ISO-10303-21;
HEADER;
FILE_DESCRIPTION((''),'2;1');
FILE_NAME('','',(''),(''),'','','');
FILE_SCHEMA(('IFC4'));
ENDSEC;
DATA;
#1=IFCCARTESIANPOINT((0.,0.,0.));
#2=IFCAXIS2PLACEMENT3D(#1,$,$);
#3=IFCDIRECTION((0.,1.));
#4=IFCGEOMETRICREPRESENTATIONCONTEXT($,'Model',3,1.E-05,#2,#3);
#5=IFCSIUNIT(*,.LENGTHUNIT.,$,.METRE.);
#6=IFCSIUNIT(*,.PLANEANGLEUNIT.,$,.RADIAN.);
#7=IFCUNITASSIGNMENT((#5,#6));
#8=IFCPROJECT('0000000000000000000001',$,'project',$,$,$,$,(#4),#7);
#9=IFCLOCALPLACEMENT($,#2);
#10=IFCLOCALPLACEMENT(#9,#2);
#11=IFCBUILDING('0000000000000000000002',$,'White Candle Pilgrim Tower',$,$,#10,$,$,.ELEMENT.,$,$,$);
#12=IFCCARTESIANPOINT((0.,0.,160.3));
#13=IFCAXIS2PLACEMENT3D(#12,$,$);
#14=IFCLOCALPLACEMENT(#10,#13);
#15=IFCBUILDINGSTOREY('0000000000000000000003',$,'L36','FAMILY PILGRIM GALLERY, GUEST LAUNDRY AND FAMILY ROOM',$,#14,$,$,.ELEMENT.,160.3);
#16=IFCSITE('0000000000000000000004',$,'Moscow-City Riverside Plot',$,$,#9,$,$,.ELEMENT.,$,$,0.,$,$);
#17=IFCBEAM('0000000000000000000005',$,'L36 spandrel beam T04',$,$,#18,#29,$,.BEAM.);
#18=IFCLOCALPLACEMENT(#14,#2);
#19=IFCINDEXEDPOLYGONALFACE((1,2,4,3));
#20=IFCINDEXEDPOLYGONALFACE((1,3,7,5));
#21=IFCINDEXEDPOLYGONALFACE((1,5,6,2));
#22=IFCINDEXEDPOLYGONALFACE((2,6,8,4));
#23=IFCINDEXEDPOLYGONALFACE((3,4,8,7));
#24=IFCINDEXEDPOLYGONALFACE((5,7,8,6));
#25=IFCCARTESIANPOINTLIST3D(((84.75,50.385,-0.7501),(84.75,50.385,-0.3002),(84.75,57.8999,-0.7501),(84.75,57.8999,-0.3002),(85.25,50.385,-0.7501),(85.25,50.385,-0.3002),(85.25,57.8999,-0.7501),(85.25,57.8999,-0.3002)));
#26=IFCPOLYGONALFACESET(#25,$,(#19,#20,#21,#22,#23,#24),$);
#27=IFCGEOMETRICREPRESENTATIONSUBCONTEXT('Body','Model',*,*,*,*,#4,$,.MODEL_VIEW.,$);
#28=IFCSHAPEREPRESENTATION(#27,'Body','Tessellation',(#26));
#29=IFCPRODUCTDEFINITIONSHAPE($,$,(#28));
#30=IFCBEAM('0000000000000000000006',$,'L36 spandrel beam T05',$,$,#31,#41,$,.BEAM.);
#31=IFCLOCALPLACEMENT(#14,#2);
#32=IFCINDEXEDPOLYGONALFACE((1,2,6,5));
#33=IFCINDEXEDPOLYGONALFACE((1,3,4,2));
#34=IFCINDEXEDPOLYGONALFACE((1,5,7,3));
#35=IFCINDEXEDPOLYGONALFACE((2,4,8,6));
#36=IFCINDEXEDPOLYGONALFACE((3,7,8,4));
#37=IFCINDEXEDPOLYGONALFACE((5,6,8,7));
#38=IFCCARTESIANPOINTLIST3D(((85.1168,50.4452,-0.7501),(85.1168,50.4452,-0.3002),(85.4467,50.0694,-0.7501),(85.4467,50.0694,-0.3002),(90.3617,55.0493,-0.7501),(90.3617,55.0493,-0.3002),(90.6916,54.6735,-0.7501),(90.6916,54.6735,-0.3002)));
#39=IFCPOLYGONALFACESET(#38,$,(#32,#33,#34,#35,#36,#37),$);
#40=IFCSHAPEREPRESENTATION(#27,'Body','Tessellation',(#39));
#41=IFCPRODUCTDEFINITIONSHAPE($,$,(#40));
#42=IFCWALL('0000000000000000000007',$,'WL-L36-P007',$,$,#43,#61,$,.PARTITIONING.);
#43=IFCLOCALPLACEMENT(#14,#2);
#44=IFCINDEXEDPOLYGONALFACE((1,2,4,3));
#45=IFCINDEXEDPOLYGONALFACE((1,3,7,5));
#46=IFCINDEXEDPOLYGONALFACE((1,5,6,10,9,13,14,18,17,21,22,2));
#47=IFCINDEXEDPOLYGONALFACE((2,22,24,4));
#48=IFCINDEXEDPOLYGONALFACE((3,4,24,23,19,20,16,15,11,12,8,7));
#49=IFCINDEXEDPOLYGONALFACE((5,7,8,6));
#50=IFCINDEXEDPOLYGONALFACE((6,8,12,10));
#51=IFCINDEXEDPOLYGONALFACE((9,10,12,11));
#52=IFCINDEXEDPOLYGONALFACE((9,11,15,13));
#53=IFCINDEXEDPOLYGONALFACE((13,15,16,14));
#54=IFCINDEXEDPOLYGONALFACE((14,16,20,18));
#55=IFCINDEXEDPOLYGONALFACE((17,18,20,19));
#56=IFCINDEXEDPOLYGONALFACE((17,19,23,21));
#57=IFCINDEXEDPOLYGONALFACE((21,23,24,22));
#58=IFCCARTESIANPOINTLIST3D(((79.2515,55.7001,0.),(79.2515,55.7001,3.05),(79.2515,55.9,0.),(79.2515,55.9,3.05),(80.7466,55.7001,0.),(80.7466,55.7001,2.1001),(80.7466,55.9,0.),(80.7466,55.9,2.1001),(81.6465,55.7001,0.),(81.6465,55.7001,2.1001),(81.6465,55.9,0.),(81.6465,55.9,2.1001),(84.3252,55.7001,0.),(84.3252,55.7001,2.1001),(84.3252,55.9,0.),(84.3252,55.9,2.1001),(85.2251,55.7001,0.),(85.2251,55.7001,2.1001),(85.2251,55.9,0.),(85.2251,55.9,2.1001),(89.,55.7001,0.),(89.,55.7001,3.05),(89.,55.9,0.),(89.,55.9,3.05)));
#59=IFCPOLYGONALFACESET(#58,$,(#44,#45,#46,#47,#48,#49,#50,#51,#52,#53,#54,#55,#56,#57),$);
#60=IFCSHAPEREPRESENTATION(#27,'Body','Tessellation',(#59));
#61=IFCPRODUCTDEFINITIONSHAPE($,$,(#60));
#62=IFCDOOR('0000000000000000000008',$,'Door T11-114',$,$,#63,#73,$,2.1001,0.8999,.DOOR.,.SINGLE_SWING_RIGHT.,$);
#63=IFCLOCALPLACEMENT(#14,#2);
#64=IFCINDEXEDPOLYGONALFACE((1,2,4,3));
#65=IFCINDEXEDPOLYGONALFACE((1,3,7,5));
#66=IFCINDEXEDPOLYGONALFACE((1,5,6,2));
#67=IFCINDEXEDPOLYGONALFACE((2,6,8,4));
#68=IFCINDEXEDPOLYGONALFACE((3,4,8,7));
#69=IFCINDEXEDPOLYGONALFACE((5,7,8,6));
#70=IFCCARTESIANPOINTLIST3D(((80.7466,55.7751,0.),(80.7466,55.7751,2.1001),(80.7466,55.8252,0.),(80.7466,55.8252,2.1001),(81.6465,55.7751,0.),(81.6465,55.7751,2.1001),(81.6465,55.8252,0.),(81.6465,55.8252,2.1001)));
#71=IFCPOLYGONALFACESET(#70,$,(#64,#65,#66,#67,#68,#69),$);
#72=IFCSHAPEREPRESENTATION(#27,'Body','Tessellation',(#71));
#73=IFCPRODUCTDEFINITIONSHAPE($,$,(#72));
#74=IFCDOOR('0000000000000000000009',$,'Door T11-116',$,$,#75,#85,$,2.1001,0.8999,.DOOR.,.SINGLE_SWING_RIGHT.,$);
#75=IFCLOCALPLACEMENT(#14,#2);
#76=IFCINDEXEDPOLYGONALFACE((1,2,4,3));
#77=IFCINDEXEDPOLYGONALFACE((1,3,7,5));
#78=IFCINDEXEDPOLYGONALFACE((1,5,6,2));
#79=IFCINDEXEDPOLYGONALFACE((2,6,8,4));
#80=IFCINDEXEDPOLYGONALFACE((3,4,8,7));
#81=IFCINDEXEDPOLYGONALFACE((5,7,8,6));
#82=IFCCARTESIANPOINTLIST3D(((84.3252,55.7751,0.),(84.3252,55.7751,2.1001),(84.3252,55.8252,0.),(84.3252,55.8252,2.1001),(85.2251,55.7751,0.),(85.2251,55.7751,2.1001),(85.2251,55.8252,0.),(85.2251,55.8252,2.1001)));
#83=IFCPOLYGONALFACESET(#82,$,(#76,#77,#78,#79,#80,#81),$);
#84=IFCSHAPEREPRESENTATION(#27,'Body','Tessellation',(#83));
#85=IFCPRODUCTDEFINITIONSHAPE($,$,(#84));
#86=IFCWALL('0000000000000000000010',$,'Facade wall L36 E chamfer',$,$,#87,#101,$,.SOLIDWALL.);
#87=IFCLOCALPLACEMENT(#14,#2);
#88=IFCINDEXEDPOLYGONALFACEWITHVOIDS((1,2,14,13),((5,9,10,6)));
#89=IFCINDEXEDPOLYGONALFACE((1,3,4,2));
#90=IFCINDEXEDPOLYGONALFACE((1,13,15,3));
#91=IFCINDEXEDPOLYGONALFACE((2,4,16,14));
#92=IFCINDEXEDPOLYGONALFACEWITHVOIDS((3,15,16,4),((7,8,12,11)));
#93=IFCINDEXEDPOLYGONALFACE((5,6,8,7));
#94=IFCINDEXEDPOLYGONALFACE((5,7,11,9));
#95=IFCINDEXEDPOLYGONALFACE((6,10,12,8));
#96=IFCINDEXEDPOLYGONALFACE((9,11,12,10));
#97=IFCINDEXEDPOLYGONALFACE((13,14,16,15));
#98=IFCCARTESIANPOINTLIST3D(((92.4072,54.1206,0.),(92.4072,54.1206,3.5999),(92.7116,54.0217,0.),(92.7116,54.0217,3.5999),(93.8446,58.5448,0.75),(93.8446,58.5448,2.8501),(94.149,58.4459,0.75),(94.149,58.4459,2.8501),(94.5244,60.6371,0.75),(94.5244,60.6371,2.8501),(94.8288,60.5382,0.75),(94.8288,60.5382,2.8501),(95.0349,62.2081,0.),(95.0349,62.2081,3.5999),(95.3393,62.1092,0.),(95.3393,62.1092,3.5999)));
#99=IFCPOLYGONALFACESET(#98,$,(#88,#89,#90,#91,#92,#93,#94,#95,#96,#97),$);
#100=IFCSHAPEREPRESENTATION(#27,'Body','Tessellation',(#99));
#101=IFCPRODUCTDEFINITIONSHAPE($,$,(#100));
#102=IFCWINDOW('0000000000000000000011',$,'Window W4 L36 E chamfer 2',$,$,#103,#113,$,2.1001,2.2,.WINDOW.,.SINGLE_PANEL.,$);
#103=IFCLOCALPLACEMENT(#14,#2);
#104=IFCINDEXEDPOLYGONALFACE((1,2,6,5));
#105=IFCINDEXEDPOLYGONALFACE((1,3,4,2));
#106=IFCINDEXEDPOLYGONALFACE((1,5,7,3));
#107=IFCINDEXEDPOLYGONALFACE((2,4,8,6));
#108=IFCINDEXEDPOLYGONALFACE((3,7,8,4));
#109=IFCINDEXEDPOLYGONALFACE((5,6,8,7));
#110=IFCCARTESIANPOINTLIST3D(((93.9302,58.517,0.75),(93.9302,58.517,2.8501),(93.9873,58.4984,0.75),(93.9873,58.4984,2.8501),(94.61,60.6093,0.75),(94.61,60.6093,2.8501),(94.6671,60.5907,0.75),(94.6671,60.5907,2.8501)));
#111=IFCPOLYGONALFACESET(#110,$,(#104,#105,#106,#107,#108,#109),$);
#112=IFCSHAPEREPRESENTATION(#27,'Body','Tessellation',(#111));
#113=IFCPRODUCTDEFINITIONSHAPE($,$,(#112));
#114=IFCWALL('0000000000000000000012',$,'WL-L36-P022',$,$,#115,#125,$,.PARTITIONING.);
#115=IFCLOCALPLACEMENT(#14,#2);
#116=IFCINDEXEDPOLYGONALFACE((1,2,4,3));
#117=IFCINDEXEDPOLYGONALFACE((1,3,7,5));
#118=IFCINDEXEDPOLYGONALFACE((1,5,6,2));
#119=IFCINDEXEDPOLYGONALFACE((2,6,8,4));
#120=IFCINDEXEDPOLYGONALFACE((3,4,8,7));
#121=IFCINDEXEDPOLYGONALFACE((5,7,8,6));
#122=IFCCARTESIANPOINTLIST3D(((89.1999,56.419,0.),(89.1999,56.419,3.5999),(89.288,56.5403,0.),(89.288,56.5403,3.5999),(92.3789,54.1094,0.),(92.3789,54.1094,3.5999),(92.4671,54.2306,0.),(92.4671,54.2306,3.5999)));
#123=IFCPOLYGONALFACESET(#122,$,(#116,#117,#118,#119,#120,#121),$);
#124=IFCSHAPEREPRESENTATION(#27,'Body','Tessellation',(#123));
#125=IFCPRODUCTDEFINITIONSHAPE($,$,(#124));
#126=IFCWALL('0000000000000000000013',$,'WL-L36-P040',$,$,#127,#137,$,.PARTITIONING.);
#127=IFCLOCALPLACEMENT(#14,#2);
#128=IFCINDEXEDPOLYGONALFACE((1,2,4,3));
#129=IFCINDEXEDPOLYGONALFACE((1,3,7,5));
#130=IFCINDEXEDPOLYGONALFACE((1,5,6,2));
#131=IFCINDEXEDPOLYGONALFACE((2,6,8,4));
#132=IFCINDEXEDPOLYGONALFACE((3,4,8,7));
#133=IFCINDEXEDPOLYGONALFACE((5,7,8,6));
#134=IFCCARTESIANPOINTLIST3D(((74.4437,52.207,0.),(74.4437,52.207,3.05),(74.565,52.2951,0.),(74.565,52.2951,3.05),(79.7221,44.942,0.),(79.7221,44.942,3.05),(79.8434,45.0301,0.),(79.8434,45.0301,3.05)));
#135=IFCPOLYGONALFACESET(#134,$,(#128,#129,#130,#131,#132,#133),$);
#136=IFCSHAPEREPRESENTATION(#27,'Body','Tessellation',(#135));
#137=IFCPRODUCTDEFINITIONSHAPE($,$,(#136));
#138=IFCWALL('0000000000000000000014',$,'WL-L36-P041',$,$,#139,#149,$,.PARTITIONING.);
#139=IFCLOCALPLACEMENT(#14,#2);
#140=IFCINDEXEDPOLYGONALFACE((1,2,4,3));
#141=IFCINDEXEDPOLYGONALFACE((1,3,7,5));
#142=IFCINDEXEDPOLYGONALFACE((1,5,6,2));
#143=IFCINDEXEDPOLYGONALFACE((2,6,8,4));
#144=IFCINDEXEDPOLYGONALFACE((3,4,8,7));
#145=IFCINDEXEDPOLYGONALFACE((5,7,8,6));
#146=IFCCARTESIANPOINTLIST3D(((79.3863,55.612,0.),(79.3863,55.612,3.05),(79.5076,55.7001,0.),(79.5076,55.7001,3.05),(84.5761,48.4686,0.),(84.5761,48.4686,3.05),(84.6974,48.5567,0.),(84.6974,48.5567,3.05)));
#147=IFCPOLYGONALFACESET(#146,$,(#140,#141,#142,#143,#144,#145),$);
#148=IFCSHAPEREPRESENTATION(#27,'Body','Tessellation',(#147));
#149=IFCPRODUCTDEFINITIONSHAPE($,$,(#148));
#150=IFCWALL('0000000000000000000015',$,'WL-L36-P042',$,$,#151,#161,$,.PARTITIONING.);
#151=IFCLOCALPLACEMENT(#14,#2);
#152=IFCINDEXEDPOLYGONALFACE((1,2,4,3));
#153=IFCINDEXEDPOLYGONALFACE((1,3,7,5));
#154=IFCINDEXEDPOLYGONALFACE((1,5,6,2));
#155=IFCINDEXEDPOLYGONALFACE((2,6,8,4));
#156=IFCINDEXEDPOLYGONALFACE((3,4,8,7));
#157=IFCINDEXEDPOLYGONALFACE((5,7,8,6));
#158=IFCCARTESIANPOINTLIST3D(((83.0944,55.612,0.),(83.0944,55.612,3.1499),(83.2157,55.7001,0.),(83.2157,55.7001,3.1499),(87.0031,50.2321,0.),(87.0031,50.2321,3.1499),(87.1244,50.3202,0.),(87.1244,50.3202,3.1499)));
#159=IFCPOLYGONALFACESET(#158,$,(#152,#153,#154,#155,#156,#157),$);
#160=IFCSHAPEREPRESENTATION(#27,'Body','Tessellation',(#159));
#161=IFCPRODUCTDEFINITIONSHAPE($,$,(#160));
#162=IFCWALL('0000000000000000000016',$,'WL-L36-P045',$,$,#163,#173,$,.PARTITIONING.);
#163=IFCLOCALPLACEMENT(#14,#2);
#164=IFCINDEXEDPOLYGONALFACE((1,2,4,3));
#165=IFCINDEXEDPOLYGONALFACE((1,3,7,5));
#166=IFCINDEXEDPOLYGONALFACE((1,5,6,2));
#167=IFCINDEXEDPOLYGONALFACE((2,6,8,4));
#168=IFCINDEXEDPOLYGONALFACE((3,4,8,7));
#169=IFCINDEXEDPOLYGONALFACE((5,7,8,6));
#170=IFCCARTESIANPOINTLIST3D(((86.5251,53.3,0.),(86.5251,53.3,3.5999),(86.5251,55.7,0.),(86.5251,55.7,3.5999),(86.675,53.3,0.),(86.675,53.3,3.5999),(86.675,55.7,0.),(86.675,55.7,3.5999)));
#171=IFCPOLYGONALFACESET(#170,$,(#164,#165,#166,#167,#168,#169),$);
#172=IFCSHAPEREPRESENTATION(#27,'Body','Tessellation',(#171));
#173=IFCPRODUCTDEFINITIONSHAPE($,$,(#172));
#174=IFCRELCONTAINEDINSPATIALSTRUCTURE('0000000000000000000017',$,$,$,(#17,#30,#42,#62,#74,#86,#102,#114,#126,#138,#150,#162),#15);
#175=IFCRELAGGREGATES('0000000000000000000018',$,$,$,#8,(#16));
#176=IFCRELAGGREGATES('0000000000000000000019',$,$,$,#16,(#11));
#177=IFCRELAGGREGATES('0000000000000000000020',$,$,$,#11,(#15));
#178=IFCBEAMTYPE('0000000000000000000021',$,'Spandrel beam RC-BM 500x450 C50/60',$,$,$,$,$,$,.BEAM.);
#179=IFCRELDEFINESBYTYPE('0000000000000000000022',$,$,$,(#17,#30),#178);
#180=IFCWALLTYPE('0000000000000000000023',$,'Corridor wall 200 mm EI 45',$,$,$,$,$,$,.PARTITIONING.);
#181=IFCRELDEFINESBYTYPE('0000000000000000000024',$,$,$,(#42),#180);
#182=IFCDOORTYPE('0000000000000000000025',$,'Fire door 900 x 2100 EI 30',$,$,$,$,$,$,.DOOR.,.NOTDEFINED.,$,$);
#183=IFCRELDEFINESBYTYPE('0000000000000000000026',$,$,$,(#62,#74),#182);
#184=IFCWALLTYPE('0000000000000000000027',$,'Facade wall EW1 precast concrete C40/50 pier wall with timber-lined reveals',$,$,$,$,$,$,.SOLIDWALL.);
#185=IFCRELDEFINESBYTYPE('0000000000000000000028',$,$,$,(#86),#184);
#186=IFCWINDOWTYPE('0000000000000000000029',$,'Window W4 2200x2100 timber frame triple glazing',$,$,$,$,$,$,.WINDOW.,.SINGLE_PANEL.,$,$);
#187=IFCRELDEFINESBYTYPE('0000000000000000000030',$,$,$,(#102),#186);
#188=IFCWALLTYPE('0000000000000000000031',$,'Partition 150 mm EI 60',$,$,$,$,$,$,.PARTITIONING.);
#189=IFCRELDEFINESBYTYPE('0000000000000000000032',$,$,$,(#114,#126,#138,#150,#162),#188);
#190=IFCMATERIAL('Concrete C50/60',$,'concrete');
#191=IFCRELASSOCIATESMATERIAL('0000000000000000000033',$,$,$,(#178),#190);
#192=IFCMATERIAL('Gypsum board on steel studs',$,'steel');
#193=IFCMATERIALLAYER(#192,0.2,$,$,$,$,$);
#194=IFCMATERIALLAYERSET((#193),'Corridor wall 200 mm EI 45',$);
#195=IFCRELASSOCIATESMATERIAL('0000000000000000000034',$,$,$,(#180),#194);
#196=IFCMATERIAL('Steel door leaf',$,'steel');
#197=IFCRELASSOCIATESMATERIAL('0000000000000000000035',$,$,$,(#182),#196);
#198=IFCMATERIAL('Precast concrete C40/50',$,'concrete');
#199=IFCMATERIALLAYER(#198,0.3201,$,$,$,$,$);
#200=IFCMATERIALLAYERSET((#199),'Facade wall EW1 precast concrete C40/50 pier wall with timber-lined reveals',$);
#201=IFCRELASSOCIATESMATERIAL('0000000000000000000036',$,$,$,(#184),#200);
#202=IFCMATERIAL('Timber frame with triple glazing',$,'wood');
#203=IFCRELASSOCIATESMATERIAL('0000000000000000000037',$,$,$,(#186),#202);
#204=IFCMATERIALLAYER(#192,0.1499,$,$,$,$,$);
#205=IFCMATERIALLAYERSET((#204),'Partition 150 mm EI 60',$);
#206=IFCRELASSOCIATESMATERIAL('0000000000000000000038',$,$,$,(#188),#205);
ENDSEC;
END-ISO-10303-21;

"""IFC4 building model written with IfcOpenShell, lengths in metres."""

from ifc_helpers import new_model, si_unit, direction, frame, frame_2d, origin, origin_2d, place, context, subcontext, project, spatial, rectangle, extrude, material, layer, layer_set, material_profile, profile_set, type_object, element, fill, save


model = new_model("IFC4")

# Units and contexts
model_context = context("Model", 3, precision=1e-05, world=origin(), true_north=direction((0.0, 1.0)))
body_context = subcontext(model_context, "Body", "Model", "MODEL_VIEW")
ifc_project = project(units=[si_unit("LENGTHUNIT", "METRE"), si_unit("PLANEANGLEUNIT", "RADIAN")], contexts=[model_context])

# Site, building, storey
site_placement = place(None, origin())
site = spatial("IfcSite", under=ifc_project, at=site_placement, Name="Moscow-City Riverside Plot", CompositionType="ELEMENT", RefElevation=0.0)
building_placement = place(site_placement, origin())
building = spatial("IfcBuilding", under=site, at=building_placement, Name="White Candle Pilgrim Tower", CompositionType="ELEMENT")
storey_placement = place(building_placement, frame((0.0, 0.0, 160.3)))
storey = spatial("IfcBuildingStorey", under=building, at=storey_placement, Name="L36", Description="FAMILY PILGRIM GALLERY, GUEST LAUNDRY AND FAMILY ROOM", CompositionType="ELEMENT", Elevation=160.3)

# Beams
ifc_material_1 = material(Name="Concrete C50/60", Category="concrete")
ifc_material_profile_1 = material_profile(ifc_material_1, rectangle(XDim=0.5, YDim=0.45, at=origin_2d()), Name="RC-BM 500x450")
ifc_profile_set_1 = profile_set([ifc_material_profile_1], Name="Concrete C50/60")
beam_type = type_object("IfcBeamType", Name="Spandrel beam RC-BM 500x450 C50/60", PredefinedType="BEAM", material=ifc_profile_set_1)
beam_1_placement = place(storey_placement, frame((85.0, 50.385, -0.5251), z_axis=(0.0, 1.0, 0.0), x_axis=(-1.0, 0.0, 0.0)))
element("IfcBeam", 1, at=beam_1_placement, inside=storey, type_object=beam_type, Name="L36 spandrel beam T04", PredefinedType="BEAM", context=body_context, shape_type="SweptSolid", body=[
    extrude(rectangle(XDim=0.5, YDim=0.45, at=origin_2d()), origin(), (0.0, 0.0, 1.0), 7.5149),
])
beam_2_placement = place(storey_placement, frame((85.2817, 50.2573, -0.5251), z_axis=(0.751529, 0.6597, 0.0), x_axis=(-0.6597, 0.751529, 0.0)))
element("IfcBeam", 2, at=beam_2_placement, inside=storey, type_object=beam_type, Name="L36 spandrel beam T05", PredefinedType="BEAM", context=body_context, shape_type="SweptSolid", body=[
    extrude(rectangle(XDim=0.5, YDim=0.45, at=origin_2d()), origin(), (0.0, 0.0, 1.0), 6.979),
])

# Wall, openings, doors
ifc_material_2 = material(Name="Gypsum board on steel studs", Category="steel")
ifc_layer_1 = layer(ifc_material_2, 0.2)
ifc_layer_set_1 = layer_set([ifc_layer_1], Name="Corridor wall 200 mm EI 45")
wall_type_1 = type_object("IfcWallType", Name="Corridor wall 200 mm EI 45", PredefinedType="PARTITIONING", material=ifc_layer_set_1)
wall_1_placement = place(storey_placement, frame((89.0, 55.8, 0.0), z_axis=(0.0, 0.0, 1.0), x_axis=(-1.0, 0.0, 0.0)))
wall_1 = element("IfcWall", 3, at=wall_1_placement, inside=storey, type_object=wall_type_1, Name="WL-L36-P007", PredefinedType="PARTITIONING", context=body_context, shape_type="SweptSolid", body=[
    extrude(rectangle(XDim=9.7485, YDim=0.2, at=frame_2d((4.8743, 0.0))), origin(), (0.0, 0.0, 1.0), 3.05),
])
opening_1_placement = place(wall_1_placement, frame((7.3535, 0.0, 0.0)))
opening_1 = element("IfcOpeningElement", 4, at=opening_1_placement, cuts=wall_1, PredefinedType="OPENING", context=body_context, shape_type="SweptSolid", body=[
    extrude(rectangle(XDim=0.8999, YDim=2.1001, at=frame_2d((0.45, 1.05))), frame((0.0, 0.1099, 0.0), z_axis=(0.0, -1.0, 0.0), x_axis=(1.0, 0.0, 0.0)), (0.0, 0.0, 1.0), 0.22),
])
opening_2_placement = place(wall_1_placement, frame((3.7749, 0.0, 0.0)))
opening_2 = element("IfcOpeningElement", 5, at=opening_2_placement, cuts=wall_1, PredefinedType="OPENING", context=body_context, shape_type="SweptSolid", body=[
    extrude(rectangle(XDim=0.8999, YDim=2.1001, at=frame_2d((0.45, 1.05))), frame((0.0, 0.1099, 0.0), z_axis=(0.0, -1.0, 0.0), x_axis=(1.0, 0.0, 0.0)), (0.0, 0.0, 1.0), 0.22),
])
ifc_material_3 = material(Name="Steel door leaf", Category="steel")
door_type_1 = type_object("IfcDoorType", Name="Fire door 900 x 2100 EI 30", OperationType="NOTDEFINED", PredefinedType="DOOR", material=ifc_material_3)
door_1_placement = place(opening_1_placement, origin())
door_1 = element("IfcDoor", 6, at=door_1_placement, inside=storey, type_object=door_type_1, Name="Door T11-114", OperationType="SINGLE_SWING_RIGHT", OverallHeight=2.1001, OverallWidth=0.8999, PredefinedType="DOOR", context=body_context, shape_type="SweptSolid", body=[
    extrude(rectangle(XDim=0.8999, YDim=2.1001, at=frame_2d((0.45, 1.05))), frame((0.0, 0.0249, 0.0), z_axis=(0.0, -1.0, 0.0), x_axis=(1.0, 0.0, 0.0)), (0.0, 0.0, 1.0), 0.05),
])
fill(opening_1, door_1)
door_2_placement = place(opening_2_placement, origin())
door_2 = element("IfcDoor", 7, at=door_2_placement, inside=storey, type_object=door_type_1, Name="Door T11-116", OperationType="SINGLE_SWING_RIGHT", OverallHeight=2.1001, OverallWidth=0.8999, PredefinedType="DOOR", context=body_context, shape_type="SweptSolid", body=[
    extrude(rectangle(XDim=0.8999, YDim=2.1001, at=frame_2d((0.45, 1.05))), frame((0.0, 0.0249, 0.0), z_axis=(0.0, -1.0, 0.0), x_axis=(1.0, 0.0, 0.0)), (0.0, 0.0, 1.0), 0.05),
])
fill(opening_2, door_2)

# Wall, opening, window
ifc_material_4 = material(Name="Precast concrete C40/50", Category="concrete")
ifc_layer_2 = layer(ifc_material_4, 0.3201)
ifc_layer_set_2 = layer_set([ifc_layer_2], Name="Facade wall EW1 precast concrete C40/50 pier wall with timber-lined reveals")
wall_type_2 = type_object("IfcWallType", Name="Facade wall EW1 precast concrete C40/50 pier wall with timber-lined reveals", PredefinedType="SOLIDWALL", material=ifc_layer_set_2)
wall_2_placement = place(storey_placement, frame((92.5593, 54.071, 0.0), z_axis=(0.0, 0.0, 1.0), x_axis=(0.309009, 0.951059, 0.0)))
wall_2 = element("IfcWall", 8, at=wall_2_placement, inside=storey, type_object=wall_type_2, Name="Facade wall L36 E chamfer", PredefinedType="SOLIDWALL", context=body_context, shape_type="SweptSolid", body=[
    extrude(rectangle(XDim=8.5037, YDim=0.3201, at=frame_2d((4.252, 0.0))), origin(), (0.0, 0.0, 1.0), 3.5999),
])
opening_3_placement = place(wall_2_placement, frame((4.6519, 0.0, 0.75)))
opening_3 = element("IfcOpeningElement", 9, at=opening_3_placement, cuts=wall_2, PredefinedType="OPENING", context=body_context, shape_type="SweptSolid", body=[
    extrude(rectangle(XDim=2.2, YDim=2.1001, at=frame_2d((1.1001, 1.05))), frame((0.0, 0.1699, 0.0), z_axis=(0.0, -1.0, 0.0), x_axis=(1.0, 0.0, 0.0)), (0.0, 0.0, 1.0), 0.3401),
])
ifc_material_5 = material(Name="Timber frame with triple glazing", Category="wood")
window_type = type_object("IfcWindowType", Name="Window W4 2200x2100 timber frame triple glazing", PartitioningType="SINGLE_PANEL", PredefinedType="WINDOW", material=ifc_material_5)
window_placement = place(opening_3_placement, origin())
window = element("IfcWindow", 10, at=window_placement, inside=storey, type_object=window_type, Name="Window W4 L36 E chamfer 2", OverallHeight=2.1001, OverallWidth=2.2, PartitioningType="SINGLE_PANEL", PredefinedType="WINDOW", context=body_context, shape_type="SweptSolid", body=[
    extrude(rectangle(XDim=2.2, YDim=2.1001, at=frame_2d((1.1001, 1.05))), frame((0.0, 0.0701, 0.0), z_axis=(0.0, -1.0, 0.0), x_axis=(1.0, 0.0, 0.0)), (0.0, 0.0, 1.0), 0.0601),
])
fill(opening_3, window)

# Walls
ifc_layer_3 = layer(ifc_material_2, 0.1499)
ifc_layer_set_3 = layer_set([ifc_layer_3], Name="Partition 150 mm EI 60")
wall_type_3 = type_object("IfcWallType", Name="Partition 150 mm EI 60", PredefinedType="PARTITIONING", material=ifc_layer_set_3)
wall_3_placement = place(storey_placement, frame((92.4231, 54.1699, 0.0), z_axis=(0.0, 0.0, 1.0), x_axis=(-0.809026, 0.587773, 0.0)))
element("IfcWall", 11, at=wall_3_placement, inside=storey, type_object=wall_type_3, Name="WL-L36-P022", PredefinedType="PARTITIONING", context=body_context, shape_type="SweptSolid", body=[
    extrude(rectangle(XDim=3.9294, YDim=0.1499, at=frame_2d((1.9648, 0.0))), origin(), (0.0, 0.0, 1.0), 3.5999),
])
wall_4_placement = place(storey_placement, frame((79.7827, 44.9861, 0.0), z_axis=(0.0, 0.0, 1.0), x_axis=(-0.58779, 0.809013, 0.0)))
element("IfcWall", 12, at=wall_4_placement, inside=storey, type_object=wall_type_3, Name="WL-L36-P040", PredefinedType="PARTITIONING", context=body_context, shape_type="SweptSolid", body=[
    extrude(rectangle(XDim=8.98, YDim=0.1499, at=frame_2d((4.49, 0.0))), origin(), (0.0, 0.0, 1.0), 3.05),
])
wall_5_placement = place(storey_placement, frame((84.6367, 48.5127, 0.0), z_axis=(0.0, 0.0, 1.0), x_axis=(-0.587769, 0.809029, 0.0)))
element("IfcWall", 13, at=wall_5_placement, inside=storey, type_object=wall_type_3, Name="WL-L36-P041", PredefinedType="PARTITIONING", context=body_context, shape_type="SweptSolid", body=[
    extrude(rectangle(XDim=8.8296, YDim=0.1499, at=frame_2d((4.4148, 0.0))), origin(), (0.0, 0.0, 1.0), 3.05),
])
wall_6_placement = place(storey_placement, frame((87.0637, 50.2761, 0.0), z_axis=(0.0, 0.0, 1.0), x_axis=(-0.587783, 0.809019, 0.0)))
element("IfcWall", 14, at=wall_6_placement, inside=storey, type_object=wall_type_3, Name="WL-L36-P042", PredefinedType="PARTITIONING", context=body_context, shape_type="SweptSolid", body=[
    extrude(rectangle(XDim=6.6499, YDim=0.1499, at=frame_2d((3.325, 0.0))), origin(), (0.0, 0.0, 1.0), 3.1499),
])
wall_7_placement = place(storey_placement, frame((86.6001, 55.7, 0.0), z_axis=(0.0, 0.0, 1.0), x_axis=(0.0, -1.0, 0.0)))
element("IfcWall", 15, at=wall_7_placement, inside=storey, type_object=wall_type_3, Name="WL-L36-P045", PredefinedType="PARTITIONING", context=body_context, shape_type="SweptSolid", body=[
    extrude(rectangle(XDim=2.3999, YDim=0.1499, at=frame_2d((1.2, 0.0))), origin(), (0.0, 0.0, 1.0), 3.5999),
])

save(model, "model.ifc")
